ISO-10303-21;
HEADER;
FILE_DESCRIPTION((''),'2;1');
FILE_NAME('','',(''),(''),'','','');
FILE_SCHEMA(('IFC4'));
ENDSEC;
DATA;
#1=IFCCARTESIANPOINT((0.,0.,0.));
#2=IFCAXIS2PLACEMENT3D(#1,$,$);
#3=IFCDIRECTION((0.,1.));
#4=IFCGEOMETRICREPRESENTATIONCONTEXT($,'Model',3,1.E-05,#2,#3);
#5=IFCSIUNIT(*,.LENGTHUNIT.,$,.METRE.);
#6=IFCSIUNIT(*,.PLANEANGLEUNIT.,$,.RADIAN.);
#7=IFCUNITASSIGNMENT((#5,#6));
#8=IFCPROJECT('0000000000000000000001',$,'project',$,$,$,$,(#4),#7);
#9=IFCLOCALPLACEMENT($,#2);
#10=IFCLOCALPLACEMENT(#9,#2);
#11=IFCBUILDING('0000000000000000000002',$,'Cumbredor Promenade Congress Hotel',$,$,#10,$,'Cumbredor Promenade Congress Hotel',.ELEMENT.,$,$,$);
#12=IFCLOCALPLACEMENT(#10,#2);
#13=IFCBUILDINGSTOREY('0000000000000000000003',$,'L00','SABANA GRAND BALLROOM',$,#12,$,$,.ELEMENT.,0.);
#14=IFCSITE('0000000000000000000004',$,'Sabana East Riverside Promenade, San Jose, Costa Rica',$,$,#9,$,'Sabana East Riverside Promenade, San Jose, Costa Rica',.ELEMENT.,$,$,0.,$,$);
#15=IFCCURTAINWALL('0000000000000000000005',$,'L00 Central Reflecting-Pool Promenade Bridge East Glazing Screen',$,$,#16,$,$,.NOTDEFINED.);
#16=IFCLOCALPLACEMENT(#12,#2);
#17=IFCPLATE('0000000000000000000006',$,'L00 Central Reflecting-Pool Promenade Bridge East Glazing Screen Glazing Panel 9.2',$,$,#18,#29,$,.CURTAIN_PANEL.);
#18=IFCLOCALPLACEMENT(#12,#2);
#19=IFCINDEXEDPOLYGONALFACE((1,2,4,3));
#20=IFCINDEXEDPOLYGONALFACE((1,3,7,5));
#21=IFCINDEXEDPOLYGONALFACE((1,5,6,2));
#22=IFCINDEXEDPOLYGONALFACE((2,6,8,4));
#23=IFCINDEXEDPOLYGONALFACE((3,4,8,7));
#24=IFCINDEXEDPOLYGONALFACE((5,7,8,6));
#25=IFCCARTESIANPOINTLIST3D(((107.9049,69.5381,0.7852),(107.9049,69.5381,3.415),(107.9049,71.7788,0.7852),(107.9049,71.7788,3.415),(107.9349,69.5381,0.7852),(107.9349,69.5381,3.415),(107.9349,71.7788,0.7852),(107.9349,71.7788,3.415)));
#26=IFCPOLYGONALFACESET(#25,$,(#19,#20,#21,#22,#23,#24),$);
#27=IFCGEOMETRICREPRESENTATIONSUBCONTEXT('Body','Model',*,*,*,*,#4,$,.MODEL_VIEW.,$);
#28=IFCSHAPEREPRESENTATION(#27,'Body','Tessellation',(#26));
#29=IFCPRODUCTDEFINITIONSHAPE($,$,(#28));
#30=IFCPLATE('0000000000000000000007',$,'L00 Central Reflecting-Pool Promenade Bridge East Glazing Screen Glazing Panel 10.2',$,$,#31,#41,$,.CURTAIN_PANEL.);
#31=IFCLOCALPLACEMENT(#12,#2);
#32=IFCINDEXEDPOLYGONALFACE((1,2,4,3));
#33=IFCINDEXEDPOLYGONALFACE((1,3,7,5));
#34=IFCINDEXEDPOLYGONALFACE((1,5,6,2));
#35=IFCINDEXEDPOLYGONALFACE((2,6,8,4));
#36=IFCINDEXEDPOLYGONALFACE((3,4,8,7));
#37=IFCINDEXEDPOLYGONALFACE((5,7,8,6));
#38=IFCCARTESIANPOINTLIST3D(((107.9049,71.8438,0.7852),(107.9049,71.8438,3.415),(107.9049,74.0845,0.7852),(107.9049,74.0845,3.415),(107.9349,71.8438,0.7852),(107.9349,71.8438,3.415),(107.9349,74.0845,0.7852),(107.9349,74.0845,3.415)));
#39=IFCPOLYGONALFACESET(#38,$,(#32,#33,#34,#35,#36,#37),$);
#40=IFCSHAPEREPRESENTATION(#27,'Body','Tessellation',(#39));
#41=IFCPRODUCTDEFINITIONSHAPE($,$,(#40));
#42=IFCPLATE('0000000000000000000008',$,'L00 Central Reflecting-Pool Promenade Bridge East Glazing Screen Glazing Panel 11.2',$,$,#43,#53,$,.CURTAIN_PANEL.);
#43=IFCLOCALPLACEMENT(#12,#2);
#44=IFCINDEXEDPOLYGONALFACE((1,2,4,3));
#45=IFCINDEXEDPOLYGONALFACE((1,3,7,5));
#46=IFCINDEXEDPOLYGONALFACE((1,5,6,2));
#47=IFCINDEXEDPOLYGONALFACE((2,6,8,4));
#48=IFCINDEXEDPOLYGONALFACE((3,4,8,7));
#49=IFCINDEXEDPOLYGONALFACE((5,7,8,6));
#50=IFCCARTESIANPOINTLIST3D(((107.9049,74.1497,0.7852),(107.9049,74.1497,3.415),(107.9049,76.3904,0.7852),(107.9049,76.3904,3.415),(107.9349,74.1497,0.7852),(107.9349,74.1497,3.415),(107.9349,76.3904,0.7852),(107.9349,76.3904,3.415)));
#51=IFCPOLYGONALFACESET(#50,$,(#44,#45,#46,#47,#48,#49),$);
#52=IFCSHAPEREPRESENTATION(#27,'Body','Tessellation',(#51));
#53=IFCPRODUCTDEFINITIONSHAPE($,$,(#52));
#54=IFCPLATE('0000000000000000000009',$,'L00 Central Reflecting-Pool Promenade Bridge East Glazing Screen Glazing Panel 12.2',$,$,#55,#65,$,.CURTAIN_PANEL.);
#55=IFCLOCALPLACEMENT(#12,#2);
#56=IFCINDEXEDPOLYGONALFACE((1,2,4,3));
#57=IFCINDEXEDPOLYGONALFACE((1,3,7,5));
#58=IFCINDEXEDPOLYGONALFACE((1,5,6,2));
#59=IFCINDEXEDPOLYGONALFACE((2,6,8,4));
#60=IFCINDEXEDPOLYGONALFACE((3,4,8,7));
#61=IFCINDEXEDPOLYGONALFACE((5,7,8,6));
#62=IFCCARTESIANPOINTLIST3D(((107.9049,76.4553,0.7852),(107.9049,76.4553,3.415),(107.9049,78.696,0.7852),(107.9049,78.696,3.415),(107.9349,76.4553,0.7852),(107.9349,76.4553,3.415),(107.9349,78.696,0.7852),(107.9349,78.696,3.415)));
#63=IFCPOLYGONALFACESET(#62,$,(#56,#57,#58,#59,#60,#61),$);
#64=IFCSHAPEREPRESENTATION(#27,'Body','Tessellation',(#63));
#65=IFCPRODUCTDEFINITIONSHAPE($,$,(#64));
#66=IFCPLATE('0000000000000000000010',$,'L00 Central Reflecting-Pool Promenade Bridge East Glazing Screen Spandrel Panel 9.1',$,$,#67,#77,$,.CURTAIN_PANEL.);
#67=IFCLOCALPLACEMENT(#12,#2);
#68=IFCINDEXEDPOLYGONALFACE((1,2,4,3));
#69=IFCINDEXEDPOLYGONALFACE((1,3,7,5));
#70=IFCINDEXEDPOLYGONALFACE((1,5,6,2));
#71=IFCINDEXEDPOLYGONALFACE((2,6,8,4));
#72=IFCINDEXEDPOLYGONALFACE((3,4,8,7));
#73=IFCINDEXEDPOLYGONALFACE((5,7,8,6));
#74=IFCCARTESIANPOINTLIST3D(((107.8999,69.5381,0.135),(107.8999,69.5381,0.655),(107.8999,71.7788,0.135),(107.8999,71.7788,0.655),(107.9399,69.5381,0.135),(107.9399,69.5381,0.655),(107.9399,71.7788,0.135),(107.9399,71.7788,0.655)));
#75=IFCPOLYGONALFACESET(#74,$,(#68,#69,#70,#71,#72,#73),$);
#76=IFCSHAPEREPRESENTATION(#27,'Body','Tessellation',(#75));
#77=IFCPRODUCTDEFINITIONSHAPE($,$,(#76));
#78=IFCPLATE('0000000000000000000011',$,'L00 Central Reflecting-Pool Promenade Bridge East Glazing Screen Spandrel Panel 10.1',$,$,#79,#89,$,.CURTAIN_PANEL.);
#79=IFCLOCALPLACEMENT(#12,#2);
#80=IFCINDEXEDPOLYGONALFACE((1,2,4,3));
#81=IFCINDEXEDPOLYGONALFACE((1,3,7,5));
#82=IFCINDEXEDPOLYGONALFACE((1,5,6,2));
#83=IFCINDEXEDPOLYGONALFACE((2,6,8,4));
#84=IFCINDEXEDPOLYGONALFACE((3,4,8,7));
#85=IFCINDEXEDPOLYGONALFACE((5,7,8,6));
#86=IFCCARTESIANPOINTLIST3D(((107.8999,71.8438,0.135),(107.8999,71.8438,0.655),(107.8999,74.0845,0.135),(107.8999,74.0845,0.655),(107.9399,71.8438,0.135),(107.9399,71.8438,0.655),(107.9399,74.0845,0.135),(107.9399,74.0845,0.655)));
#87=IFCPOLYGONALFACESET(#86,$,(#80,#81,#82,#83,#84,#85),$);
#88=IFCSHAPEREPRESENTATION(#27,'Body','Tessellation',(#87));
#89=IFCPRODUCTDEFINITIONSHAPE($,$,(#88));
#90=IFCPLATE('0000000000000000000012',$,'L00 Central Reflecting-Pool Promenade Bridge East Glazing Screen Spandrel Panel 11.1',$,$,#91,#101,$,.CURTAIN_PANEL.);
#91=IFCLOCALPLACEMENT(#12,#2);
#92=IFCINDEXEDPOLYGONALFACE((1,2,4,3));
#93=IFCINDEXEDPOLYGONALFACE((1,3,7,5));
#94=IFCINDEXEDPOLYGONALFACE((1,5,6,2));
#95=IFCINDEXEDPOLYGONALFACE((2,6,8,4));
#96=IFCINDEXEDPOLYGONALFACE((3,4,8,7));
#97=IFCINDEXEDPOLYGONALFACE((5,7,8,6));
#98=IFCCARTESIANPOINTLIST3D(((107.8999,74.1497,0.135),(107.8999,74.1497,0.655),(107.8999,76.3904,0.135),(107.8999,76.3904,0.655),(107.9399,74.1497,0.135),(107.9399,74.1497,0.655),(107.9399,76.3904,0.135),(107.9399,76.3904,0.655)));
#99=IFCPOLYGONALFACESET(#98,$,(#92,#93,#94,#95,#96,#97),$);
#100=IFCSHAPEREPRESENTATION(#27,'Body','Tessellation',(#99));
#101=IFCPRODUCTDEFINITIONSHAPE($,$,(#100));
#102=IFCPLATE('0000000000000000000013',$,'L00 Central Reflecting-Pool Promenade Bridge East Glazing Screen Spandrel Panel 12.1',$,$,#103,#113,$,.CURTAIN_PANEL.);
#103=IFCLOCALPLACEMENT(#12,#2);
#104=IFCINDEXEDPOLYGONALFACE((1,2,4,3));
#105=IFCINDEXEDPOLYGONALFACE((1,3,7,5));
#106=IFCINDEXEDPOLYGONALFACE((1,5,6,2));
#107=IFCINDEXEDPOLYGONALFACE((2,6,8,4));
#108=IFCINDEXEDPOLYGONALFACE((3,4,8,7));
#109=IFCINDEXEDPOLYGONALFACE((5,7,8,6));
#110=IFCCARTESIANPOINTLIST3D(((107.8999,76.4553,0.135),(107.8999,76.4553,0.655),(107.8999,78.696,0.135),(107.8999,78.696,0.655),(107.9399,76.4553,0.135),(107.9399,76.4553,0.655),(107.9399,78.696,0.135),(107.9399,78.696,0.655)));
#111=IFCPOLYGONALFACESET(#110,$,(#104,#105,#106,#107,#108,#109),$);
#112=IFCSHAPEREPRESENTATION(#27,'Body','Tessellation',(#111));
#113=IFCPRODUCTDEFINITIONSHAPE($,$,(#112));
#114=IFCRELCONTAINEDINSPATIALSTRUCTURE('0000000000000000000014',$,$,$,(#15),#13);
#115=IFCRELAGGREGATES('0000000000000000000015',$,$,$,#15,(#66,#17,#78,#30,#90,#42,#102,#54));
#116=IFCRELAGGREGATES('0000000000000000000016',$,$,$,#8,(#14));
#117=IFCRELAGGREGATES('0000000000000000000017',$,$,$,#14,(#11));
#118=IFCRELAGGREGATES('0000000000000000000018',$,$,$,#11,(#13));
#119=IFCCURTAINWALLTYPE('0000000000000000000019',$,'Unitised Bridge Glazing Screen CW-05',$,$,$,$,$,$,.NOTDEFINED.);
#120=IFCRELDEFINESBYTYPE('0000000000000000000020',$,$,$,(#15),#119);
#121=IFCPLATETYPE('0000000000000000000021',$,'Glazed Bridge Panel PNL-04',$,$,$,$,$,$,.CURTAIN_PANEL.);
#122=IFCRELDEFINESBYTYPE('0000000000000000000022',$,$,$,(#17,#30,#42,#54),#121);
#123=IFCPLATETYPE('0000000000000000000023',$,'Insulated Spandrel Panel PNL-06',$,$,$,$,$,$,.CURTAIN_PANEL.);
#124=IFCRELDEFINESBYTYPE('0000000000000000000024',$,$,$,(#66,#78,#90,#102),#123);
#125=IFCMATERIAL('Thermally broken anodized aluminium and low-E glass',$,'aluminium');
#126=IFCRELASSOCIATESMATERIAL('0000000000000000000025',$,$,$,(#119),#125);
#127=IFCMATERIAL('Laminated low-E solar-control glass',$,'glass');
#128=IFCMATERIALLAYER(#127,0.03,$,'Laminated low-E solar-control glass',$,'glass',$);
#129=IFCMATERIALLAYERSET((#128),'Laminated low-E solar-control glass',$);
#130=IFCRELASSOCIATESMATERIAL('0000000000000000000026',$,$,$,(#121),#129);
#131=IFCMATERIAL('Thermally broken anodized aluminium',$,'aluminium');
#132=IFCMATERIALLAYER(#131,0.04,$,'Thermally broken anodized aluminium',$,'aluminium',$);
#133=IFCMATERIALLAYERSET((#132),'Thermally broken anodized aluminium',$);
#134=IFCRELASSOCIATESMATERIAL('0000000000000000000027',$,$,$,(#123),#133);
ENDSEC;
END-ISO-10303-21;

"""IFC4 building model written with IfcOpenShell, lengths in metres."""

from ifc_helpers import new_model, si_unit, direction, frame, origin, origin_2d, place, context, subcontext, project, spatial, rectangle, extrude, material, layer, layer_set, type_object, element, aggregate, save


model = new_model("IFC4")

# Units and contexts
model_context = context("Model", 3, precision=1e-05, world=origin(), true_north=direction((0.0, 1.0)))
body_context = subcontext(model_context, "Body", "Model", "MODEL_VIEW")
ifc_project = project(units=[si_unit("LENGTHUNIT", "METRE"), si_unit("PLANEANGLEUNIT", "RADIAN")], contexts=[model_context])

# Site, building, storey
site_placement = place(None, origin())
site = spatial("IfcSite", under=ifc_project, at=site_placement, Name="Sabana East Riverside Promenade, San Jose, Costa Rica", LongName="Sabana East Riverside Promenade, San Jose, Costa Rica", CompositionType="ELEMENT", RefElevation=0.0)
building_placement = place(site_placement, origin())
building = spatial("IfcBuilding", under=site, at=building_placement, Name="Cumbredor Promenade Congress Hotel", LongName="Cumbredor Promenade Congress Hotel", CompositionType="ELEMENT")
storey_placement = place(building_placement, origin())
storey = spatial("IfcBuildingStorey", under=building, at=storey_placement, Name="L00", Description="SABANA GRAND BALLROOM", CompositionType="ELEMENT", Elevation=0.0)

# Curtain wall, plates
ifc_material_1 = material(Name="Thermally broken anodized aluminium and low-E glass", Category="aluminium")
curtain_wall_type = type_object("IfcCurtainWallType", Name="Unitised Bridge Glazing Screen CW-05", PredefinedType="NOTDEFINED", material=ifc_material_1)
curtain_wall_placement = place(storey_placement, origin())
curtain_wall = element("IfcCurtainWall", 1, at=curtain_wall_placement, inside=storey, type_object=curtain_wall_type, Name="L00 Central Reflecting-Pool Promenade Bridge East Glazing Screen", PredefinedType="NOTDEFINED")
ifc_material_2 = material(Name="Thermally broken anodized aluminium", Category="aluminium")
ifc_material_3 = material(Name="Laminated low-E solar-control glass", Category="glass")
ifc_layer_1 = layer(ifc_material_3, 0.03, Name="Laminated low-E solar-control glass", Category="glass")
ifc_layer_set_1 = layer_set([ifc_layer_1], Name="Laminated low-E solar-control glass")
plate_type_1 = type_object("IfcPlateType", Name="Glazed Bridge Panel PNL-04", PredefinedType="CURTAIN_PANEL", material=ifc_layer_set_1)
plate_1_placement = place(storey_placement, frame((107.9199, 70.6584, 0.7852), z_axis=(0.0, 0.0, 1.0), x_axis=(0.0, 1.0, 0.0)))
plate_1 = element("IfcPlate", 2, at=plate_1_placement, type_object=plate_type_1, Name="L00 Central Reflecting-Pool Promenade Bridge East Glazing Screen Glazing Panel 9.2", PredefinedType="CURTAIN_PANEL", context=body_context, shape_type="SweptSolid", body=[
    extrude(rectangle(XDim=2.2407, YDim=0.03, at=origin_2d()), origin(), (0.0, 0.0, 1.0), 2.6299),
])
plate_2_placement = place(storey_placement, frame((107.9199, 72.9641, 0.7852), z_axis=(0.0, 0.0, 1.0), x_axis=(0.0, 1.0, 0.0)))
plate_2 = element("IfcPlate", 3, at=plate_2_placement, type_object=plate_type_1, Name="L00 Central Reflecting-Pool Promenade Bridge East Glazing Screen Glazing Panel 10.2", PredefinedType="CURTAIN_PANEL", context=body_context, shape_type="SweptSolid", body=[
    extrude(rectangle(XDim=2.2407, YDim=0.03, at=origin_2d()), origin(), (0.0, 0.0, 1.0), 2.6299),
])
plate_3_placement = place(storey_placement, frame((107.9199, 75.27, 0.7852), z_axis=(0.0, 0.0, 1.0), x_axis=(0.0, 1.0, 0.0)))
plate_3 = element("IfcPlate", 4, at=plate_3_placement, type_object=plate_type_1, Name="L00 Central Reflecting-Pool Promenade Bridge East Glazing Screen Glazing Panel 11.2", PredefinedType="CURTAIN_PANEL", context=body_context, shape_type="SweptSolid", body=[
    extrude(rectangle(XDim=2.2407, YDim=0.03, at=origin_2d()), origin(), (0.0, 0.0, 1.0), 2.6299),
])
plate_4_placement = place(storey_placement, frame((107.9199, 77.5757, 0.7852), z_axis=(0.0, 0.0, 1.0), x_axis=(0.0, 1.0, 0.0)))
plate_4 = element("IfcPlate", 5, at=plate_4_placement, type_object=plate_type_1, Name="L00 Central Reflecting-Pool Promenade Bridge East Glazing Screen Glazing Panel 12.2", PredefinedType="CURTAIN_PANEL", context=body_context, shape_type="SweptSolid", body=[
    extrude(rectangle(XDim=2.2407, YDim=0.03, at=origin_2d()), origin(), (0.0, 0.0, 1.0), 2.6299),
])
ifc_layer_2 = layer(ifc_material_2, 0.04, Name="Thermally broken anodized aluminium", Category="aluminium")
ifc_layer_set_2 = layer_set([ifc_layer_2], Name="Thermally broken anodized aluminium")
plate_type_2 = type_object("IfcPlateType", Name="Insulated Spandrel Panel PNL-06", PredefinedType="CURTAIN_PANEL", material=ifc_layer_set_2)
plate_5_placement = place(storey_placement, frame((107.9199, 70.6584, 0.135), z_axis=(0.0, 0.0, 1.0), x_axis=(0.0, 1.0, 0.0)))
plate_5 = element("IfcPlate", 6, at=plate_5_placement, type_object=plate_type_2, Name="L00 Central Reflecting-Pool Promenade Bridge East Glazing Screen Spandrel Panel 9.1", PredefinedType="CURTAIN_PANEL", context=body_context, shape_type="SweptSolid", body=[
    extrude(rectangle(XDim=2.2407, YDim=0.04, at=origin_2d()), origin(), (0.0, 0.0, 1.0), 0.52),
])
plate_6_placement = place(storey_placement, frame((107.9199, 72.9641, 0.135), z_axis=(0.0, 0.0, 1.0), x_axis=(0.0, 1.0, 0.0)))
plate_6 = element("IfcPlate", 7, at=plate_6_placement, type_object=plate_type_2, Name="L00 Central Reflecting-Pool Promenade Bridge East Glazing Screen Spandrel Panel 10.1", PredefinedType="CURTAIN_PANEL", context=body_context, shape_type="SweptSolid", body=[
    extrude(rectangle(XDim=2.2407, YDim=0.04, at=origin_2d()), origin(), (0.0, 0.0, 1.0), 0.52),
])
plate_7_placement = place(storey_placement, frame((107.9199, 75.27, 0.135), z_axis=(0.0, 0.0, 1.0), x_axis=(0.0, 1.0, 0.0)))
plate_7 = element("IfcPlate", 8, at=plate_7_placement, type_object=plate_type_2, Name="L00 Central Reflecting-Pool Promenade Bridge East Glazing Screen Spandrel Panel 11.1", PredefinedType="CURTAIN_PANEL", context=body_context, shape_type="SweptSolid", body=[
    extrude(rectangle(XDim=2.2407, YDim=0.04, at=origin_2d()), origin(), (0.0, 0.0, 1.0), 0.52),
])
plate_8_placement = place(storey_placement, frame((107.9199, 77.5757, 0.135), z_axis=(0.0, 0.0, 1.0), x_axis=(0.0, 1.0, 0.0)))
plate_8 = element("IfcPlate", 9, at=plate_8_placement, type_object=plate_type_2, Name="L00 Central Reflecting-Pool Promenade Bridge East Glazing Screen Spandrel Panel 12.1", PredefinedType="CURTAIN_PANEL", context=body_context, shape_type="SweptSolid", body=[
    extrude(rectangle(XDim=2.2407, YDim=0.04, at=origin_2d()), origin(), (0.0, 0.0, 1.0), 0.52),
])
aggregate(curtain_wall, [plate_5, plate_1, plate_6, plate_2, plate_7, plate_3, plate_8, plate_4])

save(model, "model.ifc")
